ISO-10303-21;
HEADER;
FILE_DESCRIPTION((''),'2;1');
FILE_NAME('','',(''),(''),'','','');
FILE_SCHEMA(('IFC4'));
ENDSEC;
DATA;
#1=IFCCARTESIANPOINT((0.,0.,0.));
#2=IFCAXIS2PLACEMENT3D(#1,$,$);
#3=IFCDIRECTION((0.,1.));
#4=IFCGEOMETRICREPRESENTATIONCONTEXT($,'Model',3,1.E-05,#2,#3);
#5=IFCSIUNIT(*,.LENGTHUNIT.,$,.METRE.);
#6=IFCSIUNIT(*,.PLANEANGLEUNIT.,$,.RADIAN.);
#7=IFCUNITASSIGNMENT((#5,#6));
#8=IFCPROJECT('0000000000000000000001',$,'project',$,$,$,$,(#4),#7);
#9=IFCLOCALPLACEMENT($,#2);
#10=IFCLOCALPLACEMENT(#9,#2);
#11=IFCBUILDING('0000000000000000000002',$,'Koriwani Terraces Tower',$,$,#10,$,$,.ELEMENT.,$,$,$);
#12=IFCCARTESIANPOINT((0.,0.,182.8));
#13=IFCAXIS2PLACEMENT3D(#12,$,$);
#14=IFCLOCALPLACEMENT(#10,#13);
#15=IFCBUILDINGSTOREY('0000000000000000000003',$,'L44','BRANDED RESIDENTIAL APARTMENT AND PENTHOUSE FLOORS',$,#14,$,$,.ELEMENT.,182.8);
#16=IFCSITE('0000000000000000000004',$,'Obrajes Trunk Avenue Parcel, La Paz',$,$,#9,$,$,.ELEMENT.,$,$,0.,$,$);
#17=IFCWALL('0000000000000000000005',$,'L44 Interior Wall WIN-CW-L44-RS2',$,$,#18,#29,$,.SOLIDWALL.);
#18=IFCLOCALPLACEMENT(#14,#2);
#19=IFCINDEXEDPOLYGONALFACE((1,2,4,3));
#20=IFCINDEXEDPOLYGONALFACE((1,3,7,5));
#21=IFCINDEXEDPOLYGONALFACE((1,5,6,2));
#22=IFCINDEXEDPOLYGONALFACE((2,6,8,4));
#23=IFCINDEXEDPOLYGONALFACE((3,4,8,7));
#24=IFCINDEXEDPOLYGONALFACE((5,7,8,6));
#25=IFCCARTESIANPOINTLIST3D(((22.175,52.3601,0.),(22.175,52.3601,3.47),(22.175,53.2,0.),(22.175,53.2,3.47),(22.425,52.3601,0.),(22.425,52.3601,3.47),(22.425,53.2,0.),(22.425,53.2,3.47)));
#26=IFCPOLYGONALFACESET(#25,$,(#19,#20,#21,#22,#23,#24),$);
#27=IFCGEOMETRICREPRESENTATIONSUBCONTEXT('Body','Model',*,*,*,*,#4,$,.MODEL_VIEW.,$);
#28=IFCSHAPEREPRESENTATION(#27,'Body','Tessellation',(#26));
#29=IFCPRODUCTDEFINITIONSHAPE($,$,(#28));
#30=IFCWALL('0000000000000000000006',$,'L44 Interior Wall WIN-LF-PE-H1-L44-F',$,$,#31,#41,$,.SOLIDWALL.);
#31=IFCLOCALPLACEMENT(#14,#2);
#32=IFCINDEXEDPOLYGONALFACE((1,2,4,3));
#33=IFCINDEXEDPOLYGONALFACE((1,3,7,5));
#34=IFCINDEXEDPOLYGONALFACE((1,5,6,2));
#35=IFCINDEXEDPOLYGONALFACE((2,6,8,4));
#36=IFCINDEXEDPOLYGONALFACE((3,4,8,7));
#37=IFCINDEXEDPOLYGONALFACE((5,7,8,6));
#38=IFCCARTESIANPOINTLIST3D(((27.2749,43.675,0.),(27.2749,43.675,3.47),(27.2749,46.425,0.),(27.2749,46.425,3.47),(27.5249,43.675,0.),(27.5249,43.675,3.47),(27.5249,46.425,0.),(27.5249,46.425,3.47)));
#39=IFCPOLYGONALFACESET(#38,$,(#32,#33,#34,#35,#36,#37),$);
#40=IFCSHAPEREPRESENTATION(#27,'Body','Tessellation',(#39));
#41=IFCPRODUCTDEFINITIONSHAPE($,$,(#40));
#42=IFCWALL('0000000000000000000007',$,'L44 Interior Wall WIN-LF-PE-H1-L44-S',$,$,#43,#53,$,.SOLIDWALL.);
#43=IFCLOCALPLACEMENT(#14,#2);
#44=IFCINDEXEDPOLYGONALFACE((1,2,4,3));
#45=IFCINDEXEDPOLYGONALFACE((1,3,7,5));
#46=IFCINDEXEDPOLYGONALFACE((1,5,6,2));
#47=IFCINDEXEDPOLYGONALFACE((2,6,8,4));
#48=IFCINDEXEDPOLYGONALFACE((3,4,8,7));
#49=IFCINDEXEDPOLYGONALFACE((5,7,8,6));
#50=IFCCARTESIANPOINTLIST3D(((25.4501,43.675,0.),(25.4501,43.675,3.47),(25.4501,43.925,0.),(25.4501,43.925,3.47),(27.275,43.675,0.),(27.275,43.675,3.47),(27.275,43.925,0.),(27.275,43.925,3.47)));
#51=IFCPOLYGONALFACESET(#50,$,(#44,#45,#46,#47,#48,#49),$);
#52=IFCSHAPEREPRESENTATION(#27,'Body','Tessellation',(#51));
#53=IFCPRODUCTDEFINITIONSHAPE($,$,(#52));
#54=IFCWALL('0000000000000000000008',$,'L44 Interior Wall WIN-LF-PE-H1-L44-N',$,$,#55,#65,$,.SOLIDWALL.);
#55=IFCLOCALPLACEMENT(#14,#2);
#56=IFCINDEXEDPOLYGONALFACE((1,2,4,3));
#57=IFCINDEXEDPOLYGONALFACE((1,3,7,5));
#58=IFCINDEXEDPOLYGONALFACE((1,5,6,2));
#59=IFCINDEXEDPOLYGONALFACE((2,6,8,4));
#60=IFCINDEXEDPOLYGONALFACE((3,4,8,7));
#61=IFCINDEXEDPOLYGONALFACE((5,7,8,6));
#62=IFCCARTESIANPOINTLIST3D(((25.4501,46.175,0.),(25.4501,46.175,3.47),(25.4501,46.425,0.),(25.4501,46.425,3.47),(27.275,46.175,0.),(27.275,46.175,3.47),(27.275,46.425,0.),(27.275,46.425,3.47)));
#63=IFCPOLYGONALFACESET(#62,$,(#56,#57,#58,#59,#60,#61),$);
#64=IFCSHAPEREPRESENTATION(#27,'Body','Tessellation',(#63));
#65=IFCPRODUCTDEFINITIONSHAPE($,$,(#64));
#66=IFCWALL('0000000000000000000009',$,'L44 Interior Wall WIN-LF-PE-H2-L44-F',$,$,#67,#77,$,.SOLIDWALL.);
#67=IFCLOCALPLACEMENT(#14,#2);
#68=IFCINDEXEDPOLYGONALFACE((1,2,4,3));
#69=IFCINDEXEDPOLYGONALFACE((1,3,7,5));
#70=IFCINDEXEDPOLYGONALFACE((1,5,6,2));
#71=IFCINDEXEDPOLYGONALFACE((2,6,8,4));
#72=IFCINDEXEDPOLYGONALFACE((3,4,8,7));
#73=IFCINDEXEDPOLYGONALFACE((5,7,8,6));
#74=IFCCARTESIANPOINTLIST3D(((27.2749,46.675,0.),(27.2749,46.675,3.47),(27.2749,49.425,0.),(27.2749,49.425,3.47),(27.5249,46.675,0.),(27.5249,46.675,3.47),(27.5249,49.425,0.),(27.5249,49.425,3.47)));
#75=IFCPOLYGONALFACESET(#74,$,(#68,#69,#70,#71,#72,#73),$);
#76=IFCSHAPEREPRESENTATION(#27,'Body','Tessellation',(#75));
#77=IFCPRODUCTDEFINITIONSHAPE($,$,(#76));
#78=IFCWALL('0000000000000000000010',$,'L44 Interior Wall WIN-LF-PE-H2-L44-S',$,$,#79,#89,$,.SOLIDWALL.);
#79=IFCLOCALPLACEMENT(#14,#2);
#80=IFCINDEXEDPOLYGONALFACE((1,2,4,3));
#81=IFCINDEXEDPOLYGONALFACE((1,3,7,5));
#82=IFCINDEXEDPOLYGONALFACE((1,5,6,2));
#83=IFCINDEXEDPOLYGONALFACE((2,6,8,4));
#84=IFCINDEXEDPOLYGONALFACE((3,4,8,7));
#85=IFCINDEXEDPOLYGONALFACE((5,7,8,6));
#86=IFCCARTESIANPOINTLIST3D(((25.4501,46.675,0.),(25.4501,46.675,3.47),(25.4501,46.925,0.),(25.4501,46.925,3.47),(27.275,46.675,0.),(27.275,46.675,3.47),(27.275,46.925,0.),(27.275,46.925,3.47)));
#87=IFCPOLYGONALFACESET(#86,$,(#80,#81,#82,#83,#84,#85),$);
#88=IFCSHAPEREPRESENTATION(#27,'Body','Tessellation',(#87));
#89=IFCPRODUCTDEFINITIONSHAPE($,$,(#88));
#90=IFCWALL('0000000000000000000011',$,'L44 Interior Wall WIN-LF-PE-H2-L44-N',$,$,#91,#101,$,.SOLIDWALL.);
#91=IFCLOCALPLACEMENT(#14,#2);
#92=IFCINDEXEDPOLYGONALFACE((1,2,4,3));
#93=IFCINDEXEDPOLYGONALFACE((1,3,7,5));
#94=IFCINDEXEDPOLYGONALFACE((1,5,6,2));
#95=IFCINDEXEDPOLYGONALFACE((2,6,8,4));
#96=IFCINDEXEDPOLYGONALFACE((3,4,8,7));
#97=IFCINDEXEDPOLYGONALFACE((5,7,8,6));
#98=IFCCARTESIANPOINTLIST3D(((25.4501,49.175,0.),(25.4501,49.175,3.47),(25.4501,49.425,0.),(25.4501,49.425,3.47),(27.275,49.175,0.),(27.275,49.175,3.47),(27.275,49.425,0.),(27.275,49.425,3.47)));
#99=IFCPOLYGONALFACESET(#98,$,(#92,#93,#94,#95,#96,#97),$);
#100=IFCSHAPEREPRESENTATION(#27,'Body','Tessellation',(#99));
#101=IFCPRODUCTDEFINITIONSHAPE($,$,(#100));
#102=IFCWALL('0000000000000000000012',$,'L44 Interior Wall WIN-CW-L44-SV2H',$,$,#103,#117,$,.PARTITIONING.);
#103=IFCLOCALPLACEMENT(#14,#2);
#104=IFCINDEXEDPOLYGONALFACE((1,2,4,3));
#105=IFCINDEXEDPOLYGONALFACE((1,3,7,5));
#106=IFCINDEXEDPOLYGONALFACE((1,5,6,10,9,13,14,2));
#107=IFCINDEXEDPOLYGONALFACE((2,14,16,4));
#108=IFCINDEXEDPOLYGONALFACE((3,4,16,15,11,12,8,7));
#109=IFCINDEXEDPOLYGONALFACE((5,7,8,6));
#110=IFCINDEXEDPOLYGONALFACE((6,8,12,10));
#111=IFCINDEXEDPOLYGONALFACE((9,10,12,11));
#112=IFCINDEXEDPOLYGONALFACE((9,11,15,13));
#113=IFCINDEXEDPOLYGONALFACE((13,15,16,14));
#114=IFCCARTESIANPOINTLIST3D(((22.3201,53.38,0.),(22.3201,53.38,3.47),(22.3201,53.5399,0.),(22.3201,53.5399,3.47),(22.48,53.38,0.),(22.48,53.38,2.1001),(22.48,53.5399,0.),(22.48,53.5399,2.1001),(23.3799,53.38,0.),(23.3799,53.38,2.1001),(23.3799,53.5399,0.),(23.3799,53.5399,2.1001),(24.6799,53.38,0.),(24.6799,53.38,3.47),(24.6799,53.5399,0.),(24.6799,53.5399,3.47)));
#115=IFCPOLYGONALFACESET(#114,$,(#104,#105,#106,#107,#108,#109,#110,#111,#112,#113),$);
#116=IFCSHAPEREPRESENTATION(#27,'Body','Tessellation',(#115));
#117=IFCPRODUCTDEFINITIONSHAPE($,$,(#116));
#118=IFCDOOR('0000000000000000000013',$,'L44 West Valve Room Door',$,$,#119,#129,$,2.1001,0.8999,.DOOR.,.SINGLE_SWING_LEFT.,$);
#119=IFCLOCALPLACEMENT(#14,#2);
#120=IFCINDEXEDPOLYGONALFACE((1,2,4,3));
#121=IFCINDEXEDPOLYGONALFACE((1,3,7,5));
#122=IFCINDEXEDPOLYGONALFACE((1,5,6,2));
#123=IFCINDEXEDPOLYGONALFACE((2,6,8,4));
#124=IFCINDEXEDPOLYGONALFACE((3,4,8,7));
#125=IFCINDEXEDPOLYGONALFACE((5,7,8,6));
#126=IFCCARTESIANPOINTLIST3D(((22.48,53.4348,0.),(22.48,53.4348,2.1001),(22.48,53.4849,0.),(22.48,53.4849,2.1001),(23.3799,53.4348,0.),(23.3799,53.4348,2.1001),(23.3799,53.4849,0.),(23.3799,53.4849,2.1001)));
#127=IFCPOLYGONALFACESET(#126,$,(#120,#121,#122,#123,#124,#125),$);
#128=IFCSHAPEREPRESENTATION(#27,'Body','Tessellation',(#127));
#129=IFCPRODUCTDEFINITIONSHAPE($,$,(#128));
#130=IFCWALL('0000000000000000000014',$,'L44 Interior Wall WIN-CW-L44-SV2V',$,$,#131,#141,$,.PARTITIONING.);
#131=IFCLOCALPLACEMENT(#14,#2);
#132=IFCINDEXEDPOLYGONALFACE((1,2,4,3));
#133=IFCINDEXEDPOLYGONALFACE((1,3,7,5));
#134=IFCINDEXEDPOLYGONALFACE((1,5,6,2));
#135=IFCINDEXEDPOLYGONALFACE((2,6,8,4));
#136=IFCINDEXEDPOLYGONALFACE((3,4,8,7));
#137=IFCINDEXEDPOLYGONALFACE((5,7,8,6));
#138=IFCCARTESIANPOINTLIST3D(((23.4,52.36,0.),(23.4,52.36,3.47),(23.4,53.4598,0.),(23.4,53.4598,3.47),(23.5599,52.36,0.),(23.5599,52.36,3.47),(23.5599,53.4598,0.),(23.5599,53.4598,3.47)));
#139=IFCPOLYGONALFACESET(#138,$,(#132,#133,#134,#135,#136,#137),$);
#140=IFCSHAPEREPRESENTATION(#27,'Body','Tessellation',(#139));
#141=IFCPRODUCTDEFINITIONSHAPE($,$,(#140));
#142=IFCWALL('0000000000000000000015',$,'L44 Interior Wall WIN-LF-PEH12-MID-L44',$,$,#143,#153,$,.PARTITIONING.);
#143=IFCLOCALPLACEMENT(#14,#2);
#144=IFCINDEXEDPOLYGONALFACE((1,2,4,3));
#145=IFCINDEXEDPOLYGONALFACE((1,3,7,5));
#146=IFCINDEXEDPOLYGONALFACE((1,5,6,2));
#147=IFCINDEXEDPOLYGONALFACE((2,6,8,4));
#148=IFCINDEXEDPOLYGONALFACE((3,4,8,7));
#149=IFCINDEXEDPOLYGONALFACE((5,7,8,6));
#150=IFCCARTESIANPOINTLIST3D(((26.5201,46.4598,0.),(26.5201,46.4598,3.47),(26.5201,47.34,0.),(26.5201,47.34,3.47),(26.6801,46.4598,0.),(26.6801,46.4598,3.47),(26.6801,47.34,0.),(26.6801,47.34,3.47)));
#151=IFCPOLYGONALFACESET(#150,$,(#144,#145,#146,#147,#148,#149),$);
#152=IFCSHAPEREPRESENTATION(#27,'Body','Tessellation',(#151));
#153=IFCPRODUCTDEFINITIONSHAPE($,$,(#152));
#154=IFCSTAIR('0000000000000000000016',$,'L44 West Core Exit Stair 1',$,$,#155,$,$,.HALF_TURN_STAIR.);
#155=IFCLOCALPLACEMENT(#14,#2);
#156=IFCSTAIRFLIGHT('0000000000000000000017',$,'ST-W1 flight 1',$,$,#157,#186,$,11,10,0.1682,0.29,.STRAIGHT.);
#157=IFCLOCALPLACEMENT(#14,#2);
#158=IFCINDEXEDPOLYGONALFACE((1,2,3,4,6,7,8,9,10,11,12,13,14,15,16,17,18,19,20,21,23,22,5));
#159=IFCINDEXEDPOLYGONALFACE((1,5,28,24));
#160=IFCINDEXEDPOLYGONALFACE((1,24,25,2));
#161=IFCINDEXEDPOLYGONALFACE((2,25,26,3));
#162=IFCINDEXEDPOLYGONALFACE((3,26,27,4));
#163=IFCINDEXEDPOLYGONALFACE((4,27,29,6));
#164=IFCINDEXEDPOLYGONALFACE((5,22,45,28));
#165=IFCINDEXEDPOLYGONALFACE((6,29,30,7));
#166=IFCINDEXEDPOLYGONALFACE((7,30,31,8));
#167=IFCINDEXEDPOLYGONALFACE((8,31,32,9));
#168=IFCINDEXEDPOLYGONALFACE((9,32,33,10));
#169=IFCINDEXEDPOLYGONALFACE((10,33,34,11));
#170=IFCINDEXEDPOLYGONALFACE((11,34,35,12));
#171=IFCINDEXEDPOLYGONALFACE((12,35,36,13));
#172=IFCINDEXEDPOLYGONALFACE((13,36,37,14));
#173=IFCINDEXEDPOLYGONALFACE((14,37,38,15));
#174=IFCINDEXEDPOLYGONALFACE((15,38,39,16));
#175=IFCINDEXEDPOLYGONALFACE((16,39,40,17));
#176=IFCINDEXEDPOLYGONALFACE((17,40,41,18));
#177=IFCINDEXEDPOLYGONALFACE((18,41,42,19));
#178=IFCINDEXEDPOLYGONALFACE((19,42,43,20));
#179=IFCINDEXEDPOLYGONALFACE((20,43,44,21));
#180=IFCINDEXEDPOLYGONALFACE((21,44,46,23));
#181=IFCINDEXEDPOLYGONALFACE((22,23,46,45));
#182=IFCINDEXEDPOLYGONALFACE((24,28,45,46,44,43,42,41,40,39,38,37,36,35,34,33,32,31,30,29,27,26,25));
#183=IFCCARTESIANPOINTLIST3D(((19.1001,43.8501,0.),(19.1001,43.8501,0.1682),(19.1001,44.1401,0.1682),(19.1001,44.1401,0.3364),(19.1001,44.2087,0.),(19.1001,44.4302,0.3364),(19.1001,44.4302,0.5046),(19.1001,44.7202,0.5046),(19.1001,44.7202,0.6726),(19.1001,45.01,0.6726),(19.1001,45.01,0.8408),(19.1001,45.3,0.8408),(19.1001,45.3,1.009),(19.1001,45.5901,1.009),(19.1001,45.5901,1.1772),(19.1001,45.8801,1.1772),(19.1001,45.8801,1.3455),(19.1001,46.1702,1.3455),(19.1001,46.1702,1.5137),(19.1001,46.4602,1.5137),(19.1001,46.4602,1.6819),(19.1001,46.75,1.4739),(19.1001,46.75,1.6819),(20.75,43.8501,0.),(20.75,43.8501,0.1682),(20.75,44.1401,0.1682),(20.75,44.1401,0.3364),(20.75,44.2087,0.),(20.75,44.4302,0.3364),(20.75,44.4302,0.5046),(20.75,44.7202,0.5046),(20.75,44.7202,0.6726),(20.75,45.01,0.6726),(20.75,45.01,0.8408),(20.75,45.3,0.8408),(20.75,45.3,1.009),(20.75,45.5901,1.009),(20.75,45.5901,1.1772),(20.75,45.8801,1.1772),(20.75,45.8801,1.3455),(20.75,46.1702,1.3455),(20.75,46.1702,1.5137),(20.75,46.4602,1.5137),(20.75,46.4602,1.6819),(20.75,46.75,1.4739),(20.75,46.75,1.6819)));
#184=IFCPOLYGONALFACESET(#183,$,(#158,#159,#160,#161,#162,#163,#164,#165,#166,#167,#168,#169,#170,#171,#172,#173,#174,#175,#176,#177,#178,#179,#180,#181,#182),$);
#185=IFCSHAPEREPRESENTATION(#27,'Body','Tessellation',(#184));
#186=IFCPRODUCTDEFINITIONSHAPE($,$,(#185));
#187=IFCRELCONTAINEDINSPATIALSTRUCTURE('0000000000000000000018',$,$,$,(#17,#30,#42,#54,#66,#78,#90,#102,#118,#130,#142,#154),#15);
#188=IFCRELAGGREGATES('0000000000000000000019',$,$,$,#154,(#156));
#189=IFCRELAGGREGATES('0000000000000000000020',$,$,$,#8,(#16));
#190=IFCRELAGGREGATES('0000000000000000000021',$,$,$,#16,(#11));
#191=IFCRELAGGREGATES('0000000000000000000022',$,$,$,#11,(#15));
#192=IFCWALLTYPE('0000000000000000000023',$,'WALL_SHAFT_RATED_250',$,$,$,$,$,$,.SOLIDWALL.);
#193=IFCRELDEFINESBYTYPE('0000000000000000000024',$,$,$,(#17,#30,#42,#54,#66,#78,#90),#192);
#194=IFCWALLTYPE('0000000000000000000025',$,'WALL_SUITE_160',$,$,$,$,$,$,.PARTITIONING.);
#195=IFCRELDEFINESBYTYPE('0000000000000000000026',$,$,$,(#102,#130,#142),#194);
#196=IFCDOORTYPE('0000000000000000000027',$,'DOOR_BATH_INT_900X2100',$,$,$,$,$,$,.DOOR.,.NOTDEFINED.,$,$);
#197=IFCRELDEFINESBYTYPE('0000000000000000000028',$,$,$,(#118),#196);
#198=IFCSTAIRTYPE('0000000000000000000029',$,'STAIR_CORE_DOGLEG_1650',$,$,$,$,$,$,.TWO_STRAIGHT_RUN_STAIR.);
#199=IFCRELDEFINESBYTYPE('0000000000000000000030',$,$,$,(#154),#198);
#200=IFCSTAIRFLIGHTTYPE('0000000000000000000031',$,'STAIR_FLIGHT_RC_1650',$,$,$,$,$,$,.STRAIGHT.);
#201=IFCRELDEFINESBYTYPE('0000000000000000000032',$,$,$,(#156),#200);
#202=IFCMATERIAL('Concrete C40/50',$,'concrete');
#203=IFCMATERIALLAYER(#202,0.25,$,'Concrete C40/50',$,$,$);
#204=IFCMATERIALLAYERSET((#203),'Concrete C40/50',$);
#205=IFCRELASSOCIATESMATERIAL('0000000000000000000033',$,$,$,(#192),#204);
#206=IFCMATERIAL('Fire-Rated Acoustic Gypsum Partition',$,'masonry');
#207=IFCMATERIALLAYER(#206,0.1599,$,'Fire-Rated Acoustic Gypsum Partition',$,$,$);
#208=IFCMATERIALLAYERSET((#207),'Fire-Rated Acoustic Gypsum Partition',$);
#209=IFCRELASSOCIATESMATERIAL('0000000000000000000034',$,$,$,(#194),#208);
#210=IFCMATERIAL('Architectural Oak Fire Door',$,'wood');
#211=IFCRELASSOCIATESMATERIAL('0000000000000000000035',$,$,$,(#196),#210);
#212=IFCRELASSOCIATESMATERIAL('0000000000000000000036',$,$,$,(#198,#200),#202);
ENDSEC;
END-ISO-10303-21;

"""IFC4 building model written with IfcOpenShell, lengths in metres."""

from ifc_helpers import new_model, si_unit, direction, frame, frame_2d, origin, place, context, subcontext, project, spatial, polyline, rectangle, outline, extrude, material, layer, layer_set, type_object, element, fill, aggregate, save


model = new_model("IFC4")

# Units and contexts
model_context = context("Model", 3, precision=1e-05, world=origin(), true_north=direction((0.0, 1.0)))
body_context = subcontext(model_context, "Body", "Model", "MODEL_VIEW")
ifc_project = project(units=[si_unit("LENGTHUNIT", "METRE"), si_unit("PLANEANGLEUNIT", "RADIAN")], contexts=[model_context])

# Site, building, storey
site_placement = place(None, origin())
site = spatial("IfcSite", under=ifc_project, at=site_placement, Name="Obrajes Trunk Avenue Parcel, La Paz", CompositionType="ELEMENT", RefElevation=0.0)
building_placement = place(site_placement, origin())
building = spatial("IfcBuilding", under=site, at=building_placement, Name="Koriwani Terraces Tower", CompositionType="ELEMENT")
storey_placement = place(building_placement, frame((0.0, 0.0, 182.8)))
storey = spatial("IfcBuildingStorey", under=building, at=storey_placement, Name="L44", Description="BRANDED RESIDENTIAL APARTMENT AND PENTHOUSE FLOORS", CompositionType="ELEMENT", Elevation=182.8)

# Shared definitions
ifc_material_1 = material(Name="Architectural Oak Fire Door", Category="wood")

# Shared definitions
ifc_material_2 = material(Name="Concrete C40/50", Category="concrete")
ifc_layer_1 = layer(ifc_material_2, 0.25, Name="Concrete C40/50")
ifc_layer_set_1 = layer_set([ifc_layer_1], Name="Concrete C40/50")
wall_type_1 = type_object("IfcWallType", Name="WALL_SHAFT_RATED_250", PredefinedType="SOLIDWALL", material=ifc_layer_set_1)

# Walls
wall_1_placement = place(storey_placement, frame((22.3, 52.3601, 0.0), z_axis=(0.0, 0.0, 1.0), x_axis=(0.0, 1.0, 0.0)))
element("IfcWall", 1, at=wall_1_placement, inside=storey, type_object=wall_type_1, Name="L44 Interior Wall WIN-CW-L44-RS2", PredefinedType="SOLIDWALL", context=body_context, shape_type="SweptSolid", body=[
    extrude(rectangle(XDim=0.8398, YDim=0.25, at=frame_2d((0.4199, 0.0))), origin(), (0.0, 0.0, 1.0), 3.47),
])
wall_2_placement = place(storey_placement, frame((27.3999, 43.675, 0.0), z_axis=(0.0, 0.0, 1.0), x_axis=(0.0, 1.0, 0.0)))
element("IfcWall", 2, at=wall_2_placement, inside=storey, type_object=wall_type_1, Name="L44 Interior Wall WIN-LF-PE-H1-L44-F", PredefinedType="SOLIDWALL", context=body_context, shape_type="SweptSolid", body=[
    extrude(rectangle(XDim=2.75, YDim=0.25, at=frame_2d((1.375, 0.0))), origin(), (0.0, 0.0, 1.0), 3.47),
])
for number, where, z_axis, x_axis, name in (
    (3, (25.45, 43.8, 0.0), (0.0, 0.0, 1.0), (1.0, 0.0, 0.0), "L44 Interior Wall WIN-LF-PE-H1-L44-S"),
    (4, (25.45, 46.3, 0.0), (0.0, 0.0, 1.0), (1.0, 0.0, 0.0), "L44 Interior Wall WIN-LF-PE-H1-L44-N"),
):
    element("IfcWall", number, at=place(storey_placement, frame(where, z_axis=z_axis, x_axis=x_axis)), inside=storey, type_object=wall_type_1, Name=name, PredefinedType="SOLIDWALL", context=body_context, shape_type="SweptSolid", body=[
        extrude(rectangle(XDim=1.825, YDim=0.25, at=frame_2d((0.9126, 0.0))), origin(), (0.0, 0.0, 1.0), 3.47),
    ])
wall_3_placement = place(storey_placement, frame((27.3999, 46.675, 0.0), z_axis=(0.0, 0.0, 1.0), x_axis=(0.0, 1.0, 0.0)))
element("IfcWall", 5, at=wall_3_placement, inside=storey, type_object=wall_type_1, Name="L44 Interior Wall WIN-LF-PE-H2-L44-F", PredefinedType="SOLIDWALL", context=body_context, shape_type="SweptSolid", body=[
    extrude(rectangle(XDim=2.75, YDim=0.25, at=frame_2d((1.375, 0.0))), origin(), (0.0, 0.0, 1.0), 3.47),
])
for number, where, z_axis, x_axis, name in (
    (6, (25.45, 46.8, 0.0), (0.0, 0.0, 1.0), (1.0, 0.0, 0.0), "L44 Interior Wall WIN-LF-PE-H2-L44-S"),
    (7, (25.45, 49.3, 0.0), (0.0, 0.0, 1.0), (1.0, 0.0, 0.0), "L44 Interior Wall WIN-LF-PE-H2-L44-N"),
):
    element("IfcWall", number, at=place(storey_placement, frame(where, z_axis=z_axis, x_axis=x_axis)), inside=storey, type_object=wall_type_1, Name=name, PredefinedType="SOLIDWALL", context=body_context, shape_type="SweptSolid", body=[
        extrude(rectangle(XDim=1.825, YDim=0.25, at=frame_2d((0.9126, 0.0))), origin(), (0.0, 0.0, 1.0), 3.47),
    ])

# Wall, opening, door
ifc_material_3 = material(Name="Fire-Rated Acoustic Gypsum Partition", Category="masonry")
ifc_layer_2 = layer(ifc_material_3, 0.1599, Name="Fire-Rated Acoustic Gypsum Partition")
ifc_layer_set_2 = layer_set([ifc_layer_2], Name="Fire-Rated Acoustic Gypsum Partition")
wall_type_2 = type_object("IfcWallType", Name="WALL_SUITE_160", PredefinedType="PARTITIONING", material=ifc_layer_set_2)
wall_4_placement = place(storey_placement, frame((22.3201, 53.46, 0.0), z_axis=(0.0, 0.0, 1.0), x_axis=(1.0, 0.0, 0.0)))
wall_4 = element("IfcWall", 8, at=wall_4_placement, inside=storey, type_object=wall_type_2, Name="L44 Interior Wall WIN-CW-L44-SV2H", PredefinedType="PARTITIONING", context=body_context, shape_type="SweptSolid", body=[
    extrude(rectangle(XDim=2.3599, YDim=0.1599, at=frame_2d((1.1799, 0.0))), origin(), (0.0, 0.0, 1.0), 3.47),
])
opening_1_placement = place(wall_4_placement, frame((0.1599, 0.0, 0.0)))
opening_1 = element("IfcOpeningElement", 9, at=opening_1_placement, cuts=wall_4, PredefinedType="OPENING", context=body_context, shape_type="SweptSolid", body=[
    extrude(rectangle(XDim=0.8999, YDim=2.1001, at=frame_2d((0.45, 1.05))), frame((0.0, 0.0898, 0.0), z_axis=(0.0, -1.0, 0.0), x_axis=(1.0, 0.0, 0.0)), (0.0, 0.0, 1.0), 0.1799),
])
door_type_1 = type_object("IfcDoorType", Name="DOOR_BATH_INT_900X2100", OperationType="NOTDEFINED", PredefinedType="DOOR", material=ifc_material_1)
door_1_placement = place(opening_1_placement, origin())
door_1 = element("IfcDoor", 10, at=door_1_placement, inside=storey, type_object=door_type_1, Name="L44 West Valve Room Door", OperationType="SINGLE_SWING_LEFT", OverallHeight=2.1001, OverallWidth=0.8999, PredefinedType="DOOR", context=body_context, shape_type="SweptSolid", body=[
    extrude(rectangle(XDim=0.8999, YDim=2.1001, at=frame_2d((0.45, 1.05))), frame((0.0, 0.0249, 0.0), z_axis=(0.0, -1.0, 0.0), x_axis=(1.0, 0.0, 0.0)), (0.0, 0.0, 1.0), 0.05),
])
fill(opening_1, door_1)

# Walls
wall_5_placement = place(storey_placement, frame((23.48, 52.3601, 0.0), z_axis=(0.0, 0.0, 1.0), x_axis=(0.0, 1.0, 0.0)))
element("IfcWall", 11, at=wall_5_placement, inside=storey, type_object=wall_type_2, Name="L44 Interior Wall WIN-CW-L44-SV2V", PredefinedType="PARTITIONING", context=body_context, shape_type="SweptSolid", body=[
    extrude(rectangle(XDim=1.0999, YDim=0.1599, at=frame_2d((0.5498, 0.0))), origin(), (0.0, 0.0, 1.0), 3.47),
])
wall_6_placement = place(storey_placement, frame((26.6001, 46.46, 0.0), z_axis=(0.0, 0.0, 1.0), x_axis=(0.0, 1.0, 0.0)))
element("IfcWall", 12, at=wall_6_placement, inside=storey, type_object=wall_type_2, Name="L44 Interior Wall WIN-LF-PEH12-MID-L44", PredefinedType="PARTITIONING", context=body_context, shape_type="SweptSolid", body=[
    extrude(rectangle(XDim=0.8801, YDim=0.1599, at=frame_2d((0.4399, 0.0))), origin(), (0.0, 0.0, 1.0), 3.47),
])

# Stair, stair flight
stair_type = type_object("IfcStairType", Name="STAIR_CORE_DOGLEG_1650", PredefinedType="TWO_STRAIGHT_RUN_STAIR", material=ifc_material_2)
stair_placement = place(storey_placement, origin())
stair = element("IfcStair", 13, at=stair_placement, inside=storey, type_object=stair_type, Name="L44 West Core Exit Stair 1", PredefinedType="HALF_TURN_STAIR")
stair_flight_type = type_object("IfcStairFlightType", Name="STAIR_FLIGHT_RC_1650", PredefinedType="STRAIGHT", material=ifc_material_2)
stair_flight_placement = place(storey_placement, frame((19.925, 43.8501, 0.0), z_axis=(0.0, 0.0, 1.0), x_axis=(0.0, 1.0, 0.0)))
stair_flight = element("IfcStairFlight", 14, at=stair_flight_placement, type_object=stair_flight_type, Name="ST-W1 flight 1", NumberOfRisers=11, NumberOfTreads=10, PredefinedType="STRAIGHT", RiserHeight=0.1682, TreadLength=0.29, context=body_context, shape_type="SweptSolid", body=[
    extrude(outline(polyline([(0.0, 0.0), (0.0, 0.1682), (0.29, 0.1682), (0.29, 0.3364), (0.5801, 0.3364), (0.5801, 0.5046), (0.8701, 0.5046), (0.8701, 0.6726), (1.1599, 0.6726), (1.1599, 0.8408), (1.45, 0.8408), (1.45, 1.009), (1.74, 1.009), (1.74, 1.1772), (2.03, 1.1772), (2.03, 1.3455), (2.3201, 1.3455), (2.3201, 1.5137), (2.6101, 1.5137), (2.6101, 1.6819), (2.8999, 1.6819), (2.8999, 1.8501), (2.8999, 1.4739), (0.3586, 0.0), (0.0, 0.0)])), frame((0.0, 0.825, 0.0), z_axis=(0.0, -1.0, 0.0), x_axis=(1.0, 0.0, 0.0)), (0.0, 0.0, 1.0), 1.6499),
])
aggregate(stair, [stair_flight])

save(model, "model.ifc")
